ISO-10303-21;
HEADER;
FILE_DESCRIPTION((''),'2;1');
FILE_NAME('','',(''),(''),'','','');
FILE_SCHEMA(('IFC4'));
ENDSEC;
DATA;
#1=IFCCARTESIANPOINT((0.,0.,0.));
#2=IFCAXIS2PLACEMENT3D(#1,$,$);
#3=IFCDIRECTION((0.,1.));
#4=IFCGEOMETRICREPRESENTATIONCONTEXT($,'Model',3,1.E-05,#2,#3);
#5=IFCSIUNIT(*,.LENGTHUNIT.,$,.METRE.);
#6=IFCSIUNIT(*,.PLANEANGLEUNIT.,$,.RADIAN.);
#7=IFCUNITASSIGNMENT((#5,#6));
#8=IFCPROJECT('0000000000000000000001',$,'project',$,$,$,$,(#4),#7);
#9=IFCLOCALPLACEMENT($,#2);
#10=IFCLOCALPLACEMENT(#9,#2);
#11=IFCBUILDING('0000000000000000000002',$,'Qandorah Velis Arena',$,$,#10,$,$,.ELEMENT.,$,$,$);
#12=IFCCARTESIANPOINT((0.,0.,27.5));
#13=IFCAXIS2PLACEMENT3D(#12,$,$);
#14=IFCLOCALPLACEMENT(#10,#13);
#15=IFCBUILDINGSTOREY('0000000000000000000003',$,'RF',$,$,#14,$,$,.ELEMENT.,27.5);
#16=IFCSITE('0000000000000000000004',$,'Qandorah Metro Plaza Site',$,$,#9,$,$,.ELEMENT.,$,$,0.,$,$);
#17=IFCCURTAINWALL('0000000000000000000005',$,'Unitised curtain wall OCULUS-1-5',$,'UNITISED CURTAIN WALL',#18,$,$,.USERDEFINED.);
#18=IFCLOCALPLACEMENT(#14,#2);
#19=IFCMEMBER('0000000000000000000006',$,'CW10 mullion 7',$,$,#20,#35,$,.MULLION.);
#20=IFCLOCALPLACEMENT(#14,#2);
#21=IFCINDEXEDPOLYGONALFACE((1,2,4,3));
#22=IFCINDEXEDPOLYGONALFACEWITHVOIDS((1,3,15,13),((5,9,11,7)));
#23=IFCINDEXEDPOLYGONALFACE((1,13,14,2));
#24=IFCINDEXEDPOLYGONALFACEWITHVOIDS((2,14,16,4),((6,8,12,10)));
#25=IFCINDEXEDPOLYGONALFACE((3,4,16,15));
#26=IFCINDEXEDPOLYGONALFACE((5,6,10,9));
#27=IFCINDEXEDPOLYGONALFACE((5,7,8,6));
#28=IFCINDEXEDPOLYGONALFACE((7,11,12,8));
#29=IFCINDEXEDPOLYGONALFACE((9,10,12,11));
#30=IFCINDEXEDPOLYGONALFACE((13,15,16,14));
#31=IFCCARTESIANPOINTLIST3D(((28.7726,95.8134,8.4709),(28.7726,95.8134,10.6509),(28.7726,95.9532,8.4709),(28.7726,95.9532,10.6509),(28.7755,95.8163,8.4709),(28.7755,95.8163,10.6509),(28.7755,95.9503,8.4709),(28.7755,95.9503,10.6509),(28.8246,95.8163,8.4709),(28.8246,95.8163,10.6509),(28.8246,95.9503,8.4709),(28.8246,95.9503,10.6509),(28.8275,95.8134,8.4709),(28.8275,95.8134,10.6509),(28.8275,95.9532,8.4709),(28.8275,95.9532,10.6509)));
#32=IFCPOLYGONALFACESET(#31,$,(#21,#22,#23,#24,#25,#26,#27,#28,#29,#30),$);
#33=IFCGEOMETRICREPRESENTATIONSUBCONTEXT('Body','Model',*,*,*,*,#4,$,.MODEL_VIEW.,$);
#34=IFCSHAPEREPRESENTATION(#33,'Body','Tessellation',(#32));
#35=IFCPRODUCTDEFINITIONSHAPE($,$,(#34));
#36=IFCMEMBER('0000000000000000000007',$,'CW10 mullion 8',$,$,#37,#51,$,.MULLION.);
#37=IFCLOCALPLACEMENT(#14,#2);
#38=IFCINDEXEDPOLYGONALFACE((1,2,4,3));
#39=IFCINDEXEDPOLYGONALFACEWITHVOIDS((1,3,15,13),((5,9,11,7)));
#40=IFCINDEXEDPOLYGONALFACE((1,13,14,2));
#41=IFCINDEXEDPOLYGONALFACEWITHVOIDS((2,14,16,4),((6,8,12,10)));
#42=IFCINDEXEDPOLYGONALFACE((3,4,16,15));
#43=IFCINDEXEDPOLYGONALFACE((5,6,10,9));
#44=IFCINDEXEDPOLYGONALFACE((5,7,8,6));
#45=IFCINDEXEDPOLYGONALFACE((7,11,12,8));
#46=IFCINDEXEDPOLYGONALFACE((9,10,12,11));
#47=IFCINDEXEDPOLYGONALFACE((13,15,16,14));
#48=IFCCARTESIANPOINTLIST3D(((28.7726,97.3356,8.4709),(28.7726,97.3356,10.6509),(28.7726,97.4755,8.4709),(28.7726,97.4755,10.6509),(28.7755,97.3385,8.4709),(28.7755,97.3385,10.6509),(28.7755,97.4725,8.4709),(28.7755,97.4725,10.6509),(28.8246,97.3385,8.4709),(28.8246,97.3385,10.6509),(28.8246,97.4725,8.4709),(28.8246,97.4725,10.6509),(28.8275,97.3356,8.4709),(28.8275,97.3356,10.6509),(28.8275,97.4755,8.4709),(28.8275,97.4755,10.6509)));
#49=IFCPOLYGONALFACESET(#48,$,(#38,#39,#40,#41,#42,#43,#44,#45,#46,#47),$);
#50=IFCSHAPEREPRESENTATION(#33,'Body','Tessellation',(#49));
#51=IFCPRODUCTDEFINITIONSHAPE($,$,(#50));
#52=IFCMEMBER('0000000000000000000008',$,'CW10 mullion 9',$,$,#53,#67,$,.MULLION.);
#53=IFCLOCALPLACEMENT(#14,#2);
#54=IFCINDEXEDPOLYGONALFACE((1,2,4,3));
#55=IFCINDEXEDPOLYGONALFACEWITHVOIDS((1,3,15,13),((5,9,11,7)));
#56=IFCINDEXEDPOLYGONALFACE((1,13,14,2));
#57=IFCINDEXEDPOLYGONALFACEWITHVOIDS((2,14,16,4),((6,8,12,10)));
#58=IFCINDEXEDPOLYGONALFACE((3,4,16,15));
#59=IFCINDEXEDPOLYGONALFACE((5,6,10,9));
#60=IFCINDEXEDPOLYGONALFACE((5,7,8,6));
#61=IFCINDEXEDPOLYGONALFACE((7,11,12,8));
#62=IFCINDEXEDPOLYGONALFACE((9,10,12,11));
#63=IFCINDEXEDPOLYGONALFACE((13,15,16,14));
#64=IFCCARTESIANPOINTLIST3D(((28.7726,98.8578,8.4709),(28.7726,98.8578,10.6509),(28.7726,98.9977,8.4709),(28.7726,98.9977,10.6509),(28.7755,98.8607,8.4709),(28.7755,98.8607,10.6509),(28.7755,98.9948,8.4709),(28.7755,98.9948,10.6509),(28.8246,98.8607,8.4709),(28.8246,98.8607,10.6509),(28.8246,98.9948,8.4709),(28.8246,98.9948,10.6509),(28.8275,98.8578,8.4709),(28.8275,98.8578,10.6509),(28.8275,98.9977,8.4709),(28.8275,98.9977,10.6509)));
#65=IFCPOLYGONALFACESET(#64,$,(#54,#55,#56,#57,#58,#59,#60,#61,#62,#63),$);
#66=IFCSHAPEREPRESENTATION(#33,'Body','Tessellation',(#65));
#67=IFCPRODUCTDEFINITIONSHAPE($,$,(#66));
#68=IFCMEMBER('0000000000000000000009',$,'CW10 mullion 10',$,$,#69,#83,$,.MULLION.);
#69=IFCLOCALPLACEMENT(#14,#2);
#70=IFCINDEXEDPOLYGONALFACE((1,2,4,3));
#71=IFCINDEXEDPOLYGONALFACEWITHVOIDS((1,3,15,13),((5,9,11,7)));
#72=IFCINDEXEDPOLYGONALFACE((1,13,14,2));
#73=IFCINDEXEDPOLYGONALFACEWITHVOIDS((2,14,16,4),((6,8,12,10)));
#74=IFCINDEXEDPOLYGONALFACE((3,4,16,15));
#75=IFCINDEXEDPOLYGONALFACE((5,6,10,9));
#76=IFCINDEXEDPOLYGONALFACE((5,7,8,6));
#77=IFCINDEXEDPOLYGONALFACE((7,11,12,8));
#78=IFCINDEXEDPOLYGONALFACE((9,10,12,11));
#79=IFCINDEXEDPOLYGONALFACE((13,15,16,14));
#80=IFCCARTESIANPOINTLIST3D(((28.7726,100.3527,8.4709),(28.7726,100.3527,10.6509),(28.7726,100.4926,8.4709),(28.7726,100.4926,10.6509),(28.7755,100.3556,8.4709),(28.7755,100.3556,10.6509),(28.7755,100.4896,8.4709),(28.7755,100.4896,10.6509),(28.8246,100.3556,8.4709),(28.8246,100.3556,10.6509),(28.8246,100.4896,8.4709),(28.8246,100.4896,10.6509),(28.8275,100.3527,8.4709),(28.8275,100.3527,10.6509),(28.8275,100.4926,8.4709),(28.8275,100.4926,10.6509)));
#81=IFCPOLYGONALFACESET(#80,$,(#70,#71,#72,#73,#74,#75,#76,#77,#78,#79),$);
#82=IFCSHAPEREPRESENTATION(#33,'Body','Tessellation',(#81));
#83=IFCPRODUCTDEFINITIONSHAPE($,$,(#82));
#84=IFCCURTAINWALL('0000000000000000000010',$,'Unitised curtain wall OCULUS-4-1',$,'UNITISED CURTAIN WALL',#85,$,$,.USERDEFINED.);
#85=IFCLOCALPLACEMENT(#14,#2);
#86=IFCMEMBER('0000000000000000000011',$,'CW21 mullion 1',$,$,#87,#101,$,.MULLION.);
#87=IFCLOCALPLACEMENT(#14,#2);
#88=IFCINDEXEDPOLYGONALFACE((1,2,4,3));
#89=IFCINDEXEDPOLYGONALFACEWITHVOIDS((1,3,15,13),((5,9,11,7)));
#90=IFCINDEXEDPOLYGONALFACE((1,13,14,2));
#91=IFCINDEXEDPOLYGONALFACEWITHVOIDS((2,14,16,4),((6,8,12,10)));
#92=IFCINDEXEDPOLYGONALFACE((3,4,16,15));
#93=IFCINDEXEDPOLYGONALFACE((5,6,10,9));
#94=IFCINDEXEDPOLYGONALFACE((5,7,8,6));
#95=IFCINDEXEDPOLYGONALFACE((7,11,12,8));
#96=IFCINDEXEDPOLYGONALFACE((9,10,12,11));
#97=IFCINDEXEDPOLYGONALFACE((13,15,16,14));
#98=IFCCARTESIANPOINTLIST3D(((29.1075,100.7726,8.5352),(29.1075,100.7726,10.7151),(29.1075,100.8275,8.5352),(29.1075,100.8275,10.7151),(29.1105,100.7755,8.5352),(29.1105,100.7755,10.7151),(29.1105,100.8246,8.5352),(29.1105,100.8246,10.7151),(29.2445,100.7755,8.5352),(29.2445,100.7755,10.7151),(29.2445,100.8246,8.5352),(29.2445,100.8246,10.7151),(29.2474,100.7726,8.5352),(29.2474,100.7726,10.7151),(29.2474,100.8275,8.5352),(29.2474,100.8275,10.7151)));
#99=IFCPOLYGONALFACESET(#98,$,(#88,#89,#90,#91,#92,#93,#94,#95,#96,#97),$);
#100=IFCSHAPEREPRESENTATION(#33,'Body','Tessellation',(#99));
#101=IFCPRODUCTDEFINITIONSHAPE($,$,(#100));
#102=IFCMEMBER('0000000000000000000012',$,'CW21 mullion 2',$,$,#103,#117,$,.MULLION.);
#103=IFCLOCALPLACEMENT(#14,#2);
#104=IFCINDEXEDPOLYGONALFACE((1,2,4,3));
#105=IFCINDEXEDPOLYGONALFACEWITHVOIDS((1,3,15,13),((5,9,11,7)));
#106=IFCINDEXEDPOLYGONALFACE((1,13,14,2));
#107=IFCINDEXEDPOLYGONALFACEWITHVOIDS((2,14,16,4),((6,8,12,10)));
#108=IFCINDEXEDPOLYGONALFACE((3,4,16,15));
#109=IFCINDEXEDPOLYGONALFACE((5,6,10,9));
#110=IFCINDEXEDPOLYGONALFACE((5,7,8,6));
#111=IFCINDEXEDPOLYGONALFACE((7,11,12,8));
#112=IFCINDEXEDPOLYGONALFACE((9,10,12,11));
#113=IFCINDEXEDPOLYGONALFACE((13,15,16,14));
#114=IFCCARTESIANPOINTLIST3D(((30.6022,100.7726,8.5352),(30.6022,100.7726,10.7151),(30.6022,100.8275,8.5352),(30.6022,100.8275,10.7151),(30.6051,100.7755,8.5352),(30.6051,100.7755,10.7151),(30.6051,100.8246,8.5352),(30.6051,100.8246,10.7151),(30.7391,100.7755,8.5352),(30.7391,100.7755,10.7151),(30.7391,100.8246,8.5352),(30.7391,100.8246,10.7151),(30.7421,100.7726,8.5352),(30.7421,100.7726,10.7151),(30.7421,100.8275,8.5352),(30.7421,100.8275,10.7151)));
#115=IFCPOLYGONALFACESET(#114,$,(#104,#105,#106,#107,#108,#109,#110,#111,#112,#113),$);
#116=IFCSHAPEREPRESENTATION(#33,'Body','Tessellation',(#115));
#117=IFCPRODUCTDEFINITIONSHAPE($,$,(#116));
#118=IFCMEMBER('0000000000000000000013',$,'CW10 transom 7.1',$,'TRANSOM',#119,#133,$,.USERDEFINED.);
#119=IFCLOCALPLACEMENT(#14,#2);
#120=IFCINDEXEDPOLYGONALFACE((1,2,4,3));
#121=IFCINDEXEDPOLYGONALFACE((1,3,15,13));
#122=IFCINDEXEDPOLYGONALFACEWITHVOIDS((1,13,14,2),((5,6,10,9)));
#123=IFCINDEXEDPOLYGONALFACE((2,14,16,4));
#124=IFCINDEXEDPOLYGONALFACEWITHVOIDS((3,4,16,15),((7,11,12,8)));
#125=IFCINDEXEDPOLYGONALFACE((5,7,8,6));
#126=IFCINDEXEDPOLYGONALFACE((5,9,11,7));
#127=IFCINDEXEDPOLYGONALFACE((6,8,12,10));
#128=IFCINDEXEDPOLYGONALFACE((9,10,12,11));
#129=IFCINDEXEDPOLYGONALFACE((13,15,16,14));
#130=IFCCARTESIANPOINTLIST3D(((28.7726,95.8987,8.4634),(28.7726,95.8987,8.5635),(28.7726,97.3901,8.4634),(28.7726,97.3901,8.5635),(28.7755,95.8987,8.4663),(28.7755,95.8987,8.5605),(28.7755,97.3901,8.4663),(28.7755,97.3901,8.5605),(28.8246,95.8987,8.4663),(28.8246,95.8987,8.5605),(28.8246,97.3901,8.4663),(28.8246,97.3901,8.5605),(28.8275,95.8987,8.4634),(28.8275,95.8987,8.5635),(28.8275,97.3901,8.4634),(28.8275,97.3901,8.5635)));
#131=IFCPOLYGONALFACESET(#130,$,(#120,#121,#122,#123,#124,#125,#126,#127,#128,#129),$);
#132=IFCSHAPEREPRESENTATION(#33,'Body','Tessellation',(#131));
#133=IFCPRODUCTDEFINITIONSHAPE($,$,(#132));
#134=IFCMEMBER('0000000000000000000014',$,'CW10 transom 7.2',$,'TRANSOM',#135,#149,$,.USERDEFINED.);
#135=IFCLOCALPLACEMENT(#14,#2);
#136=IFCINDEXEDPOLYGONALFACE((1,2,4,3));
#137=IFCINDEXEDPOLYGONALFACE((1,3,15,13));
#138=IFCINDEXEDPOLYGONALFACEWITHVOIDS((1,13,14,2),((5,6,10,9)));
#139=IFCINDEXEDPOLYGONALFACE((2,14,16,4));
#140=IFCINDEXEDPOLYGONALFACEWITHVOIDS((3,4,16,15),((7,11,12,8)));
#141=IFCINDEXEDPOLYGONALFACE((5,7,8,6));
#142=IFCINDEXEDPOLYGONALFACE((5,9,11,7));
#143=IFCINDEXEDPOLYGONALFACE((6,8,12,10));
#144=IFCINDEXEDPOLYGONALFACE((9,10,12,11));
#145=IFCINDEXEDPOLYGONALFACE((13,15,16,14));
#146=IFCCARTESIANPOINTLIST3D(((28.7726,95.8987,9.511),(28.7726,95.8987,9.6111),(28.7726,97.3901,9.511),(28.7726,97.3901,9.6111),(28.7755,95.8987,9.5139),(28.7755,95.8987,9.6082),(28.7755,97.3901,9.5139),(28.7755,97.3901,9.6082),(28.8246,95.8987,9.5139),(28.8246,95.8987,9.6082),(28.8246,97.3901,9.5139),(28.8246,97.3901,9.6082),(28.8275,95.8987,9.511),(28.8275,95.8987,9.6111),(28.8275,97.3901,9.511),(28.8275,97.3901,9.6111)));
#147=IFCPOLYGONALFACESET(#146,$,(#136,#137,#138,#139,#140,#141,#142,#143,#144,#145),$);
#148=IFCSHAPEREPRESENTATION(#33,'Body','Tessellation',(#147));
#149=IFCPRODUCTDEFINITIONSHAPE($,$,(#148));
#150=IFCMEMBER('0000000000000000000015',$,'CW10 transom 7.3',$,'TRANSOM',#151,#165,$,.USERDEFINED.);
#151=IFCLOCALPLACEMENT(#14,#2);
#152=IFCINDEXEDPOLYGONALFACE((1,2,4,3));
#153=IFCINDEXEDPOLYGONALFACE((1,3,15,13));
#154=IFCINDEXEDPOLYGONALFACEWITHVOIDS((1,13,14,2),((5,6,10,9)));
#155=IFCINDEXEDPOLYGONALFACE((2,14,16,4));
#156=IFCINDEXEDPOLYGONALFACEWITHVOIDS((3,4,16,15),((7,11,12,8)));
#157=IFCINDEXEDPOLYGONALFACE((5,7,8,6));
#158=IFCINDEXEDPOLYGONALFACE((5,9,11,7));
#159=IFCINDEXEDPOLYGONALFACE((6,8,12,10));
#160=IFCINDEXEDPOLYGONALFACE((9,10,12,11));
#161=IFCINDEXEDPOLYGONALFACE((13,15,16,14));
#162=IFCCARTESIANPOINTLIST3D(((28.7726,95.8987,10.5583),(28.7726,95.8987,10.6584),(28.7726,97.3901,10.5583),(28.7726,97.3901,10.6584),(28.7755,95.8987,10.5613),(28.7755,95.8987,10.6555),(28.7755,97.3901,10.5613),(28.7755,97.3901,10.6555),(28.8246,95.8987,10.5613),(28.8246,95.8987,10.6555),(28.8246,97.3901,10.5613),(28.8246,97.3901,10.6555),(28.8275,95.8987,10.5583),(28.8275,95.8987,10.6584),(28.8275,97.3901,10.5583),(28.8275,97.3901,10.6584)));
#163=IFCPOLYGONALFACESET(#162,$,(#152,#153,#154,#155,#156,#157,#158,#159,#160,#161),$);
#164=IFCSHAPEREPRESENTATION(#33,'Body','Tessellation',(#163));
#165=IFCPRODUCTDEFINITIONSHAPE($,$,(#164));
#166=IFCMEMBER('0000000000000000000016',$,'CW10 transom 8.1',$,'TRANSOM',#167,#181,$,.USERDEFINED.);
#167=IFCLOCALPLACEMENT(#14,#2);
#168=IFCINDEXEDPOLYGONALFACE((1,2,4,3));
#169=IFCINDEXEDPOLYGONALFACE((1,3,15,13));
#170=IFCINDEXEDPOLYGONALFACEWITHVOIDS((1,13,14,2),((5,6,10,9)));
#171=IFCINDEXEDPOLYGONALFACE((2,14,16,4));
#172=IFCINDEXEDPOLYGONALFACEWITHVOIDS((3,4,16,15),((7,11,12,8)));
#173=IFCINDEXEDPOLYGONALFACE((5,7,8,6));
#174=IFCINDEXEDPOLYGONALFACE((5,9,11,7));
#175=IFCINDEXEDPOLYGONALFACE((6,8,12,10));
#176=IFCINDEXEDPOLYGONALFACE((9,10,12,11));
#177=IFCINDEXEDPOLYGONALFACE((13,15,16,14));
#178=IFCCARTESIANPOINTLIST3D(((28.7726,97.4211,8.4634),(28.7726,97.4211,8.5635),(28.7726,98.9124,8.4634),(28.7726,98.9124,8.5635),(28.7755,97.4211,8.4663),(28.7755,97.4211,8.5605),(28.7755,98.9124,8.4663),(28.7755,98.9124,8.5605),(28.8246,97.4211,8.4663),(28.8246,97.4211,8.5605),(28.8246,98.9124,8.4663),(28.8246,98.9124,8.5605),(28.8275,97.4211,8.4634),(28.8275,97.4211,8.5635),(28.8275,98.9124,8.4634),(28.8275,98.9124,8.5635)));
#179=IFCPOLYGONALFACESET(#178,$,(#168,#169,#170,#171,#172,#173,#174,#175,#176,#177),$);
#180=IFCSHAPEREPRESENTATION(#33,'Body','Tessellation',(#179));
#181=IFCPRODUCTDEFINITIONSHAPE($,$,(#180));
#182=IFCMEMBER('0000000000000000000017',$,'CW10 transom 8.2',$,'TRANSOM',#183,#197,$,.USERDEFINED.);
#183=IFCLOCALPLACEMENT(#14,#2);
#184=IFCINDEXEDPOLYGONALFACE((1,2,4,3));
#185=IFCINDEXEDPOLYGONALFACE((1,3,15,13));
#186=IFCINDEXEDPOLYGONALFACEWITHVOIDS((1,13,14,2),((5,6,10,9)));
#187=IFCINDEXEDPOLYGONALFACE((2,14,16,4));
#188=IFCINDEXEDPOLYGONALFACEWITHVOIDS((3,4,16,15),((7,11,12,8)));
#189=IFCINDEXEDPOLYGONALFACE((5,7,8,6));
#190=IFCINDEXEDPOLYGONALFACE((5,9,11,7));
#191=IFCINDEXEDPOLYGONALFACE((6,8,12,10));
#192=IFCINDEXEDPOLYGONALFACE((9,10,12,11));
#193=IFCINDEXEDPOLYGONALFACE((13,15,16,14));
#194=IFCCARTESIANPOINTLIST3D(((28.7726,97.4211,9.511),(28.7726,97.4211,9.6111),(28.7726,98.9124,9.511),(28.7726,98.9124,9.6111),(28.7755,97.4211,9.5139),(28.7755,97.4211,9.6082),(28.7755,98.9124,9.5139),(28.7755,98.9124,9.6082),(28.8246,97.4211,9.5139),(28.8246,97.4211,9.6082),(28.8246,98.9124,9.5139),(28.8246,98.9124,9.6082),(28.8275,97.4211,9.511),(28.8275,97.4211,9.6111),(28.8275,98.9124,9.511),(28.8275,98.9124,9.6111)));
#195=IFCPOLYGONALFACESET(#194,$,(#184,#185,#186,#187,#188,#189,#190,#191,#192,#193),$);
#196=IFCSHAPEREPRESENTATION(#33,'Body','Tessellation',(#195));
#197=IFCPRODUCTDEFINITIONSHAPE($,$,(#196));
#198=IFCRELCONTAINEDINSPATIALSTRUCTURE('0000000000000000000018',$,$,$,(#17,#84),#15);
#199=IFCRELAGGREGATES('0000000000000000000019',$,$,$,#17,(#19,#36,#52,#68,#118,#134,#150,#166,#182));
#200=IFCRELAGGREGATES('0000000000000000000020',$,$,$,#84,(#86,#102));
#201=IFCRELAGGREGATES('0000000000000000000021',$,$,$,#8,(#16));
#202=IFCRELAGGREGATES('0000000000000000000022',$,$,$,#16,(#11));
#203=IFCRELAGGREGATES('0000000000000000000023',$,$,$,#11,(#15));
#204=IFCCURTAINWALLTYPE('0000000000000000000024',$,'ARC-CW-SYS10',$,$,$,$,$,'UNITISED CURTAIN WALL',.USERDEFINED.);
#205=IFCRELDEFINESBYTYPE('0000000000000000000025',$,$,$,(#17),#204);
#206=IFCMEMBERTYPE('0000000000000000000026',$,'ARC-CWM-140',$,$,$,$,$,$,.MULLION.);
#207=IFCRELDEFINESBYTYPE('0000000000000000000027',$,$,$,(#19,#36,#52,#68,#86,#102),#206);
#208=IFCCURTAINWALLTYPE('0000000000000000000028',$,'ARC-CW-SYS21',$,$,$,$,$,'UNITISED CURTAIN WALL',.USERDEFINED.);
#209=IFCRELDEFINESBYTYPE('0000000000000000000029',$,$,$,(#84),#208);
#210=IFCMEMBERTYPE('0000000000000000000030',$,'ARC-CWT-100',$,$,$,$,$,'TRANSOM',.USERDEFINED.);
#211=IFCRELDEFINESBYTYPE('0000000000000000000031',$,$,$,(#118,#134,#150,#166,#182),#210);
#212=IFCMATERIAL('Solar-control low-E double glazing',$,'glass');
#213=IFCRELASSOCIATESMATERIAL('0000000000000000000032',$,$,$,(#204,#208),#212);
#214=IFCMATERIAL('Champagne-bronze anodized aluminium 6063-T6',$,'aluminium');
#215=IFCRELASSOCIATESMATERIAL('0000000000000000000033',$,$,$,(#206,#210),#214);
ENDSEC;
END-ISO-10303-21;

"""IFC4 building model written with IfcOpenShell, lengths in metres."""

from ifc_helpers import new_model, si_unit, direction, frame, origin, origin_2d, place, context, subcontext, project, spatial, hollow_rectangle, extrude, material, material_profile, profile_set, type_object, element, aggregate, save


model = new_model("IFC4")

# Units and contexts
model_context = context("Model", 3, precision=1e-05, world=origin(), true_north=direction((0.0, 1.0)))
body_context = subcontext(model_context, "Body", "Model", "MODEL_VIEW")
ifc_project = project(units=[si_unit("LENGTHUNIT", "METRE"), si_unit("PLANEANGLEUNIT", "RADIAN")], contexts=[model_context])

# Site, building, storey
site_placement = place(None, origin())
site = spatial("IfcSite", under=ifc_project, at=site_placement, Name="Qandorah Metro Plaza Site", CompositionType="ELEMENT", RefElevation=0.0)
building_placement = place(site_placement, origin())
building = spatial("IfcBuilding", under=site, at=building_placement, Name="Qandorah Velis Arena", CompositionType="ELEMENT")
storey_placement = place(building_placement, frame((0.0, 0.0, 27.5)))
storey = spatial("IfcBuildingStorey", under=building, at=storey_placement, Name="RF", CompositionType="ELEMENT", Elevation=27.5)

# Curtain walls, members
ifc_material_1 = material(Name="Solar-control low-E double glazing", Category="glass")
curtain_wall_type_1 = type_object("IfcCurtainWallType", Name="ARC-CW-SYS10", ElementType="UNITISED CURTAIN WALL", PredefinedType="USERDEFINED", material=ifc_material_1)
curtain_wall_1_placement = place(storey_placement, origin())
curtain_wall_1 = element("IfcCurtainWall", 1, at=curtain_wall_1_placement, inside=storey, type_object=curtain_wall_type_1, Name="Unitised curtain wall OCULUS-1-5", ObjectType="UNITISED CURTAIN WALL", PredefinedType="USERDEFINED")
ifc_material_2 = material(Name="Champagne-bronze anodized aluminium 6063-T6", Category="aluminium")
ifc_material_profile_1 = material_profile(ifc_material_2, hollow_rectangle(XDim=0.0549, YDim=0.1399, WallThickness=0.0029, at=origin_2d()), Name="ALU MULLION 55x140")
ifc_profile_set_1 = profile_set([ifc_material_profile_1], Name="Champagne-bronze anodized aluminium 6063-T6")
member_type_1 = type_object("IfcMemberType", Name="ARC-CWM-140", PredefinedType="MULLION", material=ifc_profile_set_1)
member_1_placement = place(storey_placement, frame((28.8, 95.8833, 8.4709), z_axis=(0.0, 0.0, 1.0), x_axis=(-1.0, 0.0, 0.0)))
member_1 = element("IfcMember", 2, at=member_1_placement, type_object=member_type_1, Name="CW10 mullion 7", PredefinedType="MULLION", context=body_context, shape_type="SweptSolid", body=[
    extrude(hollow_rectangle(XDim=0.0549, YDim=0.1399, WallThickness=0.0029, at=origin_2d()), origin(), (0.0, 0.0, 1.0), 2.1799),
])
member_2_placement = place(storey_placement, frame((28.8, 97.4055, 8.4709), z_axis=(0.0, 0.0, 1.0), x_axis=(-1.0, 0.0, 0.0)))
member_2 = element("IfcMember", 3, at=member_2_placement, type_object=member_type_1, Name="CW10 mullion 8", PredefinedType="MULLION", context=body_context, shape_type="SweptSolid", body=[
    extrude(hollow_rectangle(XDim=0.0549, YDim=0.1399, WallThickness=0.0029, at=origin_2d()), origin(), (0.0, 0.0, 1.0), 2.1799),
])
member_3_placement = place(storey_placement, frame((28.8, 98.9277, 8.4709), z_axis=(0.0, 0.0, 1.0), x_axis=(-1.0, 0.0, 0.0)))
member_3 = element("IfcMember", 4, at=member_3_placement, type_object=member_type_1, Name="CW10 mullion 9", PredefinedType="MULLION", context=body_context, shape_type="SweptSolid", body=[
    extrude(hollow_rectangle(XDim=0.0549, YDim=0.1399, WallThickness=0.0029, at=origin_2d()), origin(), (0.0, 0.0, 1.0), 2.1799),
])
member_4_placement = place(storey_placement, frame((28.8, 100.4226, 8.4709), z_axis=(0.0, 0.0, 1.0), x_axis=(-1.0, 0.0, 0.0)))
member_4 = element("IfcMember", 5, at=member_4_placement, type_object=member_type_1, Name="CW10 mullion 10", PredefinedType="MULLION", context=body_context, shape_type="SweptSolid", body=[
    extrude(hollow_rectangle(XDim=0.0549, YDim=0.1399, WallThickness=0.0029, at=origin_2d()), origin(), (0.0, 0.0, 1.0), 2.1799),
])
curtain_wall_type_2 = type_object("IfcCurtainWallType", Name="ARC-CW-SYS21", ElementType="UNITISED CURTAIN WALL", PredefinedType="USERDEFINED", material=ifc_material_1)
curtain_wall_2_placement = place(storey_placement, origin())
curtain_wall_2 = element("IfcCurtainWall", 6, at=curtain_wall_2_placement, inside=storey, type_object=curtain_wall_type_2, Name="Unitised curtain wall OCULUS-4-1", ObjectType="UNITISED CURTAIN WALL", PredefinedType="USERDEFINED")
member_5_placement = place(storey_placement, frame((29.1775, 100.8, 8.5352), z_axis=(0.0, 0.0, 1.0), x_axis=(0.0, 1.0, 0.0)))
member_5 = element("IfcMember", 7, at=member_5_placement, type_object=member_type_1, Name="CW21 mullion 1", PredefinedType="MULLION", context=body_context, shape_type="SweptSolid", body=[
    extrude(hollow_rectangle(XDim=0.0549, YDim=0.1399, WallThickness=0.0029, at=origin_2d()), origin(), (0.0, 0.0, 1.0), 2.1799),
])
member_6_placement = place(storey_placement, frame((30.6721, 100.8, 8.5352), z_axis=(0.0, 0.0, 1.0), x_axis=(0.0, 1.0, 0.0)))
member_6 = element("IfcMember", 8, at=member_6_placement, type_object=member_type_1, Name="CW21 mullion 2", PredefinedType="MULLION", context=body_context, shape_type="SweptSolid", body=[
    extrude(hollow_rectangle(XDim=0.0549, YDim=0.1399, WallThickness=0.0029, at=origin_2d()), origin(), (0.0, 0.0, 1.0), 2.1799),
])

# Members
ifc_material_profile_2 = material_profile(ifc_material_2, hollow_rectangle(XDim=0.0549, YDim=0.1001, WallThickness=0.0029, at=origin_2d()), Name="ALU TRANSOM 55x100")
ifc_profile_set_2 = profile_set([ifc_material_profile_2], Name="Champagne-bronze anodized aluminium 6063-T6")
member_type_2 = type_object("IfcMemberType", Name="ARC-CWT-100", ElementType="TRANSOM", PredefinedType="USERDEFINED", material=ifc_profile_set_2)
member_7_placement = place(storey_placement, frame((28.8, 95.8987, 8.5134), z_axis=(0.0, 1.0, 0.0), x_axis=(-1.0, 0.0, 0.0)))
member_7 = element("IfcMember", 9, at=member_7_placement, type_object=member_type_2, Name="CW10 transom 7.1", ObjectType="TRANSOM", PredefinedType="USERDEFINED", context=body_context, shape_type="SweptSolid", body=[
    extrude(hollow_rectangle(XDim=0.0549, YDim=0.1001, WallThickness=0.0029, at=origin_2d()), origin(), (0.0, 0.0, 1.0), 1.4915),
])
member_8_placement = place(storey_placement, frame((28.8, 95.8987, 9.561), z_axis=(0.0, 1.0, 0.0), x_axis=(-1.0, 0.0, 0.0)))
member_8 = element("IfcMember", 10, at=member_8_placement, type_object=member_type_2, Name="CW10 transom 7.2", ObjectType="TRANSOM", PredefinedType="USERDEFINED", context=body_context, shape_type="SweptSolid", body=[
    extrude(hollow_rectangle(XDim=0.0549, YDim=0.1001, WallThickness=0.0029, at=origin_2d()), origin(), (0.0, 0.0, 1.0), 1.4915),
])
member_9_placement = place(storey_placement, frame((28.8, 95.8987, 10.6084), z_axis=(0.0, 1.0, 0.0), x_axis=(-1.0, 0.0, 0.0)))
member_9 = element("IfcMember", 11, at=member_9_placement, type_object=member_type_2, Name="CW10 transom 7.3", ObjectType="TRANSOM", PredefinedType="USERDEFINED", context=body_context, shape_type="SweptSolid", body=[
    extrude(hollow_rectangle(XDim=0.0549, YDim=0.1001, WallThickness=0.0029, at=origin_2d()), origin(), (0.0, 0.0, 1.0), 1.4915),
])
member_10_placement = place(storey_placement, frame((28.8, 97.4211, 8.5134), z_axis=(0.0, 1.0, 0.0), x_axis=(-1.0, 0.0, 0.0)))
member_10 = element("IfcMember", 12, at=member_10_placement, type_object=member_type_2, Name="CW10 transom 8.1", ObjectType="TRANSOM", PredefinedType="USERDEFINED", context=body_context, shape_type="SweptSolid", body=[
    extrude(hollow_rectangle(XDim=0.0549, YDim=0.1001, WallThickness=0.0029, at=origin_2d()), origin(), (0.0, 0.0, 1.0), 1.4912),
])
member_11_placement = place(storey_placement, frame((28.8, 97.4211, 9.561), z_axis=(0.0, 1.0, 0.0), x_axis=(-1.0, 0.0, 0.0)))
member_11 = element("IfcMember", 13, at=member_11_placement, type_object=member_type_2, Name="CW10 transom 8.2", ObjectType="TRANSOM", PredefinedType="USERDEFINED", context=body_context, shape_type="SweptSolid", body=[
    extrude(hollow_rectangle(XDim=0.0549, YDim=0.1001, WallThickness=0.0029, at=origin_2d()), origin(), (0.0, 0.0, 1.0), 1.4912),
])

aggregate(curtain_wall_1, [member_1, member_2, member_3, member_4, member_7, member_8, member_9, member_10, member_11])
aggregate(curtain_wall_2, [member_5, member_6])

save(model, "model.ifc")
